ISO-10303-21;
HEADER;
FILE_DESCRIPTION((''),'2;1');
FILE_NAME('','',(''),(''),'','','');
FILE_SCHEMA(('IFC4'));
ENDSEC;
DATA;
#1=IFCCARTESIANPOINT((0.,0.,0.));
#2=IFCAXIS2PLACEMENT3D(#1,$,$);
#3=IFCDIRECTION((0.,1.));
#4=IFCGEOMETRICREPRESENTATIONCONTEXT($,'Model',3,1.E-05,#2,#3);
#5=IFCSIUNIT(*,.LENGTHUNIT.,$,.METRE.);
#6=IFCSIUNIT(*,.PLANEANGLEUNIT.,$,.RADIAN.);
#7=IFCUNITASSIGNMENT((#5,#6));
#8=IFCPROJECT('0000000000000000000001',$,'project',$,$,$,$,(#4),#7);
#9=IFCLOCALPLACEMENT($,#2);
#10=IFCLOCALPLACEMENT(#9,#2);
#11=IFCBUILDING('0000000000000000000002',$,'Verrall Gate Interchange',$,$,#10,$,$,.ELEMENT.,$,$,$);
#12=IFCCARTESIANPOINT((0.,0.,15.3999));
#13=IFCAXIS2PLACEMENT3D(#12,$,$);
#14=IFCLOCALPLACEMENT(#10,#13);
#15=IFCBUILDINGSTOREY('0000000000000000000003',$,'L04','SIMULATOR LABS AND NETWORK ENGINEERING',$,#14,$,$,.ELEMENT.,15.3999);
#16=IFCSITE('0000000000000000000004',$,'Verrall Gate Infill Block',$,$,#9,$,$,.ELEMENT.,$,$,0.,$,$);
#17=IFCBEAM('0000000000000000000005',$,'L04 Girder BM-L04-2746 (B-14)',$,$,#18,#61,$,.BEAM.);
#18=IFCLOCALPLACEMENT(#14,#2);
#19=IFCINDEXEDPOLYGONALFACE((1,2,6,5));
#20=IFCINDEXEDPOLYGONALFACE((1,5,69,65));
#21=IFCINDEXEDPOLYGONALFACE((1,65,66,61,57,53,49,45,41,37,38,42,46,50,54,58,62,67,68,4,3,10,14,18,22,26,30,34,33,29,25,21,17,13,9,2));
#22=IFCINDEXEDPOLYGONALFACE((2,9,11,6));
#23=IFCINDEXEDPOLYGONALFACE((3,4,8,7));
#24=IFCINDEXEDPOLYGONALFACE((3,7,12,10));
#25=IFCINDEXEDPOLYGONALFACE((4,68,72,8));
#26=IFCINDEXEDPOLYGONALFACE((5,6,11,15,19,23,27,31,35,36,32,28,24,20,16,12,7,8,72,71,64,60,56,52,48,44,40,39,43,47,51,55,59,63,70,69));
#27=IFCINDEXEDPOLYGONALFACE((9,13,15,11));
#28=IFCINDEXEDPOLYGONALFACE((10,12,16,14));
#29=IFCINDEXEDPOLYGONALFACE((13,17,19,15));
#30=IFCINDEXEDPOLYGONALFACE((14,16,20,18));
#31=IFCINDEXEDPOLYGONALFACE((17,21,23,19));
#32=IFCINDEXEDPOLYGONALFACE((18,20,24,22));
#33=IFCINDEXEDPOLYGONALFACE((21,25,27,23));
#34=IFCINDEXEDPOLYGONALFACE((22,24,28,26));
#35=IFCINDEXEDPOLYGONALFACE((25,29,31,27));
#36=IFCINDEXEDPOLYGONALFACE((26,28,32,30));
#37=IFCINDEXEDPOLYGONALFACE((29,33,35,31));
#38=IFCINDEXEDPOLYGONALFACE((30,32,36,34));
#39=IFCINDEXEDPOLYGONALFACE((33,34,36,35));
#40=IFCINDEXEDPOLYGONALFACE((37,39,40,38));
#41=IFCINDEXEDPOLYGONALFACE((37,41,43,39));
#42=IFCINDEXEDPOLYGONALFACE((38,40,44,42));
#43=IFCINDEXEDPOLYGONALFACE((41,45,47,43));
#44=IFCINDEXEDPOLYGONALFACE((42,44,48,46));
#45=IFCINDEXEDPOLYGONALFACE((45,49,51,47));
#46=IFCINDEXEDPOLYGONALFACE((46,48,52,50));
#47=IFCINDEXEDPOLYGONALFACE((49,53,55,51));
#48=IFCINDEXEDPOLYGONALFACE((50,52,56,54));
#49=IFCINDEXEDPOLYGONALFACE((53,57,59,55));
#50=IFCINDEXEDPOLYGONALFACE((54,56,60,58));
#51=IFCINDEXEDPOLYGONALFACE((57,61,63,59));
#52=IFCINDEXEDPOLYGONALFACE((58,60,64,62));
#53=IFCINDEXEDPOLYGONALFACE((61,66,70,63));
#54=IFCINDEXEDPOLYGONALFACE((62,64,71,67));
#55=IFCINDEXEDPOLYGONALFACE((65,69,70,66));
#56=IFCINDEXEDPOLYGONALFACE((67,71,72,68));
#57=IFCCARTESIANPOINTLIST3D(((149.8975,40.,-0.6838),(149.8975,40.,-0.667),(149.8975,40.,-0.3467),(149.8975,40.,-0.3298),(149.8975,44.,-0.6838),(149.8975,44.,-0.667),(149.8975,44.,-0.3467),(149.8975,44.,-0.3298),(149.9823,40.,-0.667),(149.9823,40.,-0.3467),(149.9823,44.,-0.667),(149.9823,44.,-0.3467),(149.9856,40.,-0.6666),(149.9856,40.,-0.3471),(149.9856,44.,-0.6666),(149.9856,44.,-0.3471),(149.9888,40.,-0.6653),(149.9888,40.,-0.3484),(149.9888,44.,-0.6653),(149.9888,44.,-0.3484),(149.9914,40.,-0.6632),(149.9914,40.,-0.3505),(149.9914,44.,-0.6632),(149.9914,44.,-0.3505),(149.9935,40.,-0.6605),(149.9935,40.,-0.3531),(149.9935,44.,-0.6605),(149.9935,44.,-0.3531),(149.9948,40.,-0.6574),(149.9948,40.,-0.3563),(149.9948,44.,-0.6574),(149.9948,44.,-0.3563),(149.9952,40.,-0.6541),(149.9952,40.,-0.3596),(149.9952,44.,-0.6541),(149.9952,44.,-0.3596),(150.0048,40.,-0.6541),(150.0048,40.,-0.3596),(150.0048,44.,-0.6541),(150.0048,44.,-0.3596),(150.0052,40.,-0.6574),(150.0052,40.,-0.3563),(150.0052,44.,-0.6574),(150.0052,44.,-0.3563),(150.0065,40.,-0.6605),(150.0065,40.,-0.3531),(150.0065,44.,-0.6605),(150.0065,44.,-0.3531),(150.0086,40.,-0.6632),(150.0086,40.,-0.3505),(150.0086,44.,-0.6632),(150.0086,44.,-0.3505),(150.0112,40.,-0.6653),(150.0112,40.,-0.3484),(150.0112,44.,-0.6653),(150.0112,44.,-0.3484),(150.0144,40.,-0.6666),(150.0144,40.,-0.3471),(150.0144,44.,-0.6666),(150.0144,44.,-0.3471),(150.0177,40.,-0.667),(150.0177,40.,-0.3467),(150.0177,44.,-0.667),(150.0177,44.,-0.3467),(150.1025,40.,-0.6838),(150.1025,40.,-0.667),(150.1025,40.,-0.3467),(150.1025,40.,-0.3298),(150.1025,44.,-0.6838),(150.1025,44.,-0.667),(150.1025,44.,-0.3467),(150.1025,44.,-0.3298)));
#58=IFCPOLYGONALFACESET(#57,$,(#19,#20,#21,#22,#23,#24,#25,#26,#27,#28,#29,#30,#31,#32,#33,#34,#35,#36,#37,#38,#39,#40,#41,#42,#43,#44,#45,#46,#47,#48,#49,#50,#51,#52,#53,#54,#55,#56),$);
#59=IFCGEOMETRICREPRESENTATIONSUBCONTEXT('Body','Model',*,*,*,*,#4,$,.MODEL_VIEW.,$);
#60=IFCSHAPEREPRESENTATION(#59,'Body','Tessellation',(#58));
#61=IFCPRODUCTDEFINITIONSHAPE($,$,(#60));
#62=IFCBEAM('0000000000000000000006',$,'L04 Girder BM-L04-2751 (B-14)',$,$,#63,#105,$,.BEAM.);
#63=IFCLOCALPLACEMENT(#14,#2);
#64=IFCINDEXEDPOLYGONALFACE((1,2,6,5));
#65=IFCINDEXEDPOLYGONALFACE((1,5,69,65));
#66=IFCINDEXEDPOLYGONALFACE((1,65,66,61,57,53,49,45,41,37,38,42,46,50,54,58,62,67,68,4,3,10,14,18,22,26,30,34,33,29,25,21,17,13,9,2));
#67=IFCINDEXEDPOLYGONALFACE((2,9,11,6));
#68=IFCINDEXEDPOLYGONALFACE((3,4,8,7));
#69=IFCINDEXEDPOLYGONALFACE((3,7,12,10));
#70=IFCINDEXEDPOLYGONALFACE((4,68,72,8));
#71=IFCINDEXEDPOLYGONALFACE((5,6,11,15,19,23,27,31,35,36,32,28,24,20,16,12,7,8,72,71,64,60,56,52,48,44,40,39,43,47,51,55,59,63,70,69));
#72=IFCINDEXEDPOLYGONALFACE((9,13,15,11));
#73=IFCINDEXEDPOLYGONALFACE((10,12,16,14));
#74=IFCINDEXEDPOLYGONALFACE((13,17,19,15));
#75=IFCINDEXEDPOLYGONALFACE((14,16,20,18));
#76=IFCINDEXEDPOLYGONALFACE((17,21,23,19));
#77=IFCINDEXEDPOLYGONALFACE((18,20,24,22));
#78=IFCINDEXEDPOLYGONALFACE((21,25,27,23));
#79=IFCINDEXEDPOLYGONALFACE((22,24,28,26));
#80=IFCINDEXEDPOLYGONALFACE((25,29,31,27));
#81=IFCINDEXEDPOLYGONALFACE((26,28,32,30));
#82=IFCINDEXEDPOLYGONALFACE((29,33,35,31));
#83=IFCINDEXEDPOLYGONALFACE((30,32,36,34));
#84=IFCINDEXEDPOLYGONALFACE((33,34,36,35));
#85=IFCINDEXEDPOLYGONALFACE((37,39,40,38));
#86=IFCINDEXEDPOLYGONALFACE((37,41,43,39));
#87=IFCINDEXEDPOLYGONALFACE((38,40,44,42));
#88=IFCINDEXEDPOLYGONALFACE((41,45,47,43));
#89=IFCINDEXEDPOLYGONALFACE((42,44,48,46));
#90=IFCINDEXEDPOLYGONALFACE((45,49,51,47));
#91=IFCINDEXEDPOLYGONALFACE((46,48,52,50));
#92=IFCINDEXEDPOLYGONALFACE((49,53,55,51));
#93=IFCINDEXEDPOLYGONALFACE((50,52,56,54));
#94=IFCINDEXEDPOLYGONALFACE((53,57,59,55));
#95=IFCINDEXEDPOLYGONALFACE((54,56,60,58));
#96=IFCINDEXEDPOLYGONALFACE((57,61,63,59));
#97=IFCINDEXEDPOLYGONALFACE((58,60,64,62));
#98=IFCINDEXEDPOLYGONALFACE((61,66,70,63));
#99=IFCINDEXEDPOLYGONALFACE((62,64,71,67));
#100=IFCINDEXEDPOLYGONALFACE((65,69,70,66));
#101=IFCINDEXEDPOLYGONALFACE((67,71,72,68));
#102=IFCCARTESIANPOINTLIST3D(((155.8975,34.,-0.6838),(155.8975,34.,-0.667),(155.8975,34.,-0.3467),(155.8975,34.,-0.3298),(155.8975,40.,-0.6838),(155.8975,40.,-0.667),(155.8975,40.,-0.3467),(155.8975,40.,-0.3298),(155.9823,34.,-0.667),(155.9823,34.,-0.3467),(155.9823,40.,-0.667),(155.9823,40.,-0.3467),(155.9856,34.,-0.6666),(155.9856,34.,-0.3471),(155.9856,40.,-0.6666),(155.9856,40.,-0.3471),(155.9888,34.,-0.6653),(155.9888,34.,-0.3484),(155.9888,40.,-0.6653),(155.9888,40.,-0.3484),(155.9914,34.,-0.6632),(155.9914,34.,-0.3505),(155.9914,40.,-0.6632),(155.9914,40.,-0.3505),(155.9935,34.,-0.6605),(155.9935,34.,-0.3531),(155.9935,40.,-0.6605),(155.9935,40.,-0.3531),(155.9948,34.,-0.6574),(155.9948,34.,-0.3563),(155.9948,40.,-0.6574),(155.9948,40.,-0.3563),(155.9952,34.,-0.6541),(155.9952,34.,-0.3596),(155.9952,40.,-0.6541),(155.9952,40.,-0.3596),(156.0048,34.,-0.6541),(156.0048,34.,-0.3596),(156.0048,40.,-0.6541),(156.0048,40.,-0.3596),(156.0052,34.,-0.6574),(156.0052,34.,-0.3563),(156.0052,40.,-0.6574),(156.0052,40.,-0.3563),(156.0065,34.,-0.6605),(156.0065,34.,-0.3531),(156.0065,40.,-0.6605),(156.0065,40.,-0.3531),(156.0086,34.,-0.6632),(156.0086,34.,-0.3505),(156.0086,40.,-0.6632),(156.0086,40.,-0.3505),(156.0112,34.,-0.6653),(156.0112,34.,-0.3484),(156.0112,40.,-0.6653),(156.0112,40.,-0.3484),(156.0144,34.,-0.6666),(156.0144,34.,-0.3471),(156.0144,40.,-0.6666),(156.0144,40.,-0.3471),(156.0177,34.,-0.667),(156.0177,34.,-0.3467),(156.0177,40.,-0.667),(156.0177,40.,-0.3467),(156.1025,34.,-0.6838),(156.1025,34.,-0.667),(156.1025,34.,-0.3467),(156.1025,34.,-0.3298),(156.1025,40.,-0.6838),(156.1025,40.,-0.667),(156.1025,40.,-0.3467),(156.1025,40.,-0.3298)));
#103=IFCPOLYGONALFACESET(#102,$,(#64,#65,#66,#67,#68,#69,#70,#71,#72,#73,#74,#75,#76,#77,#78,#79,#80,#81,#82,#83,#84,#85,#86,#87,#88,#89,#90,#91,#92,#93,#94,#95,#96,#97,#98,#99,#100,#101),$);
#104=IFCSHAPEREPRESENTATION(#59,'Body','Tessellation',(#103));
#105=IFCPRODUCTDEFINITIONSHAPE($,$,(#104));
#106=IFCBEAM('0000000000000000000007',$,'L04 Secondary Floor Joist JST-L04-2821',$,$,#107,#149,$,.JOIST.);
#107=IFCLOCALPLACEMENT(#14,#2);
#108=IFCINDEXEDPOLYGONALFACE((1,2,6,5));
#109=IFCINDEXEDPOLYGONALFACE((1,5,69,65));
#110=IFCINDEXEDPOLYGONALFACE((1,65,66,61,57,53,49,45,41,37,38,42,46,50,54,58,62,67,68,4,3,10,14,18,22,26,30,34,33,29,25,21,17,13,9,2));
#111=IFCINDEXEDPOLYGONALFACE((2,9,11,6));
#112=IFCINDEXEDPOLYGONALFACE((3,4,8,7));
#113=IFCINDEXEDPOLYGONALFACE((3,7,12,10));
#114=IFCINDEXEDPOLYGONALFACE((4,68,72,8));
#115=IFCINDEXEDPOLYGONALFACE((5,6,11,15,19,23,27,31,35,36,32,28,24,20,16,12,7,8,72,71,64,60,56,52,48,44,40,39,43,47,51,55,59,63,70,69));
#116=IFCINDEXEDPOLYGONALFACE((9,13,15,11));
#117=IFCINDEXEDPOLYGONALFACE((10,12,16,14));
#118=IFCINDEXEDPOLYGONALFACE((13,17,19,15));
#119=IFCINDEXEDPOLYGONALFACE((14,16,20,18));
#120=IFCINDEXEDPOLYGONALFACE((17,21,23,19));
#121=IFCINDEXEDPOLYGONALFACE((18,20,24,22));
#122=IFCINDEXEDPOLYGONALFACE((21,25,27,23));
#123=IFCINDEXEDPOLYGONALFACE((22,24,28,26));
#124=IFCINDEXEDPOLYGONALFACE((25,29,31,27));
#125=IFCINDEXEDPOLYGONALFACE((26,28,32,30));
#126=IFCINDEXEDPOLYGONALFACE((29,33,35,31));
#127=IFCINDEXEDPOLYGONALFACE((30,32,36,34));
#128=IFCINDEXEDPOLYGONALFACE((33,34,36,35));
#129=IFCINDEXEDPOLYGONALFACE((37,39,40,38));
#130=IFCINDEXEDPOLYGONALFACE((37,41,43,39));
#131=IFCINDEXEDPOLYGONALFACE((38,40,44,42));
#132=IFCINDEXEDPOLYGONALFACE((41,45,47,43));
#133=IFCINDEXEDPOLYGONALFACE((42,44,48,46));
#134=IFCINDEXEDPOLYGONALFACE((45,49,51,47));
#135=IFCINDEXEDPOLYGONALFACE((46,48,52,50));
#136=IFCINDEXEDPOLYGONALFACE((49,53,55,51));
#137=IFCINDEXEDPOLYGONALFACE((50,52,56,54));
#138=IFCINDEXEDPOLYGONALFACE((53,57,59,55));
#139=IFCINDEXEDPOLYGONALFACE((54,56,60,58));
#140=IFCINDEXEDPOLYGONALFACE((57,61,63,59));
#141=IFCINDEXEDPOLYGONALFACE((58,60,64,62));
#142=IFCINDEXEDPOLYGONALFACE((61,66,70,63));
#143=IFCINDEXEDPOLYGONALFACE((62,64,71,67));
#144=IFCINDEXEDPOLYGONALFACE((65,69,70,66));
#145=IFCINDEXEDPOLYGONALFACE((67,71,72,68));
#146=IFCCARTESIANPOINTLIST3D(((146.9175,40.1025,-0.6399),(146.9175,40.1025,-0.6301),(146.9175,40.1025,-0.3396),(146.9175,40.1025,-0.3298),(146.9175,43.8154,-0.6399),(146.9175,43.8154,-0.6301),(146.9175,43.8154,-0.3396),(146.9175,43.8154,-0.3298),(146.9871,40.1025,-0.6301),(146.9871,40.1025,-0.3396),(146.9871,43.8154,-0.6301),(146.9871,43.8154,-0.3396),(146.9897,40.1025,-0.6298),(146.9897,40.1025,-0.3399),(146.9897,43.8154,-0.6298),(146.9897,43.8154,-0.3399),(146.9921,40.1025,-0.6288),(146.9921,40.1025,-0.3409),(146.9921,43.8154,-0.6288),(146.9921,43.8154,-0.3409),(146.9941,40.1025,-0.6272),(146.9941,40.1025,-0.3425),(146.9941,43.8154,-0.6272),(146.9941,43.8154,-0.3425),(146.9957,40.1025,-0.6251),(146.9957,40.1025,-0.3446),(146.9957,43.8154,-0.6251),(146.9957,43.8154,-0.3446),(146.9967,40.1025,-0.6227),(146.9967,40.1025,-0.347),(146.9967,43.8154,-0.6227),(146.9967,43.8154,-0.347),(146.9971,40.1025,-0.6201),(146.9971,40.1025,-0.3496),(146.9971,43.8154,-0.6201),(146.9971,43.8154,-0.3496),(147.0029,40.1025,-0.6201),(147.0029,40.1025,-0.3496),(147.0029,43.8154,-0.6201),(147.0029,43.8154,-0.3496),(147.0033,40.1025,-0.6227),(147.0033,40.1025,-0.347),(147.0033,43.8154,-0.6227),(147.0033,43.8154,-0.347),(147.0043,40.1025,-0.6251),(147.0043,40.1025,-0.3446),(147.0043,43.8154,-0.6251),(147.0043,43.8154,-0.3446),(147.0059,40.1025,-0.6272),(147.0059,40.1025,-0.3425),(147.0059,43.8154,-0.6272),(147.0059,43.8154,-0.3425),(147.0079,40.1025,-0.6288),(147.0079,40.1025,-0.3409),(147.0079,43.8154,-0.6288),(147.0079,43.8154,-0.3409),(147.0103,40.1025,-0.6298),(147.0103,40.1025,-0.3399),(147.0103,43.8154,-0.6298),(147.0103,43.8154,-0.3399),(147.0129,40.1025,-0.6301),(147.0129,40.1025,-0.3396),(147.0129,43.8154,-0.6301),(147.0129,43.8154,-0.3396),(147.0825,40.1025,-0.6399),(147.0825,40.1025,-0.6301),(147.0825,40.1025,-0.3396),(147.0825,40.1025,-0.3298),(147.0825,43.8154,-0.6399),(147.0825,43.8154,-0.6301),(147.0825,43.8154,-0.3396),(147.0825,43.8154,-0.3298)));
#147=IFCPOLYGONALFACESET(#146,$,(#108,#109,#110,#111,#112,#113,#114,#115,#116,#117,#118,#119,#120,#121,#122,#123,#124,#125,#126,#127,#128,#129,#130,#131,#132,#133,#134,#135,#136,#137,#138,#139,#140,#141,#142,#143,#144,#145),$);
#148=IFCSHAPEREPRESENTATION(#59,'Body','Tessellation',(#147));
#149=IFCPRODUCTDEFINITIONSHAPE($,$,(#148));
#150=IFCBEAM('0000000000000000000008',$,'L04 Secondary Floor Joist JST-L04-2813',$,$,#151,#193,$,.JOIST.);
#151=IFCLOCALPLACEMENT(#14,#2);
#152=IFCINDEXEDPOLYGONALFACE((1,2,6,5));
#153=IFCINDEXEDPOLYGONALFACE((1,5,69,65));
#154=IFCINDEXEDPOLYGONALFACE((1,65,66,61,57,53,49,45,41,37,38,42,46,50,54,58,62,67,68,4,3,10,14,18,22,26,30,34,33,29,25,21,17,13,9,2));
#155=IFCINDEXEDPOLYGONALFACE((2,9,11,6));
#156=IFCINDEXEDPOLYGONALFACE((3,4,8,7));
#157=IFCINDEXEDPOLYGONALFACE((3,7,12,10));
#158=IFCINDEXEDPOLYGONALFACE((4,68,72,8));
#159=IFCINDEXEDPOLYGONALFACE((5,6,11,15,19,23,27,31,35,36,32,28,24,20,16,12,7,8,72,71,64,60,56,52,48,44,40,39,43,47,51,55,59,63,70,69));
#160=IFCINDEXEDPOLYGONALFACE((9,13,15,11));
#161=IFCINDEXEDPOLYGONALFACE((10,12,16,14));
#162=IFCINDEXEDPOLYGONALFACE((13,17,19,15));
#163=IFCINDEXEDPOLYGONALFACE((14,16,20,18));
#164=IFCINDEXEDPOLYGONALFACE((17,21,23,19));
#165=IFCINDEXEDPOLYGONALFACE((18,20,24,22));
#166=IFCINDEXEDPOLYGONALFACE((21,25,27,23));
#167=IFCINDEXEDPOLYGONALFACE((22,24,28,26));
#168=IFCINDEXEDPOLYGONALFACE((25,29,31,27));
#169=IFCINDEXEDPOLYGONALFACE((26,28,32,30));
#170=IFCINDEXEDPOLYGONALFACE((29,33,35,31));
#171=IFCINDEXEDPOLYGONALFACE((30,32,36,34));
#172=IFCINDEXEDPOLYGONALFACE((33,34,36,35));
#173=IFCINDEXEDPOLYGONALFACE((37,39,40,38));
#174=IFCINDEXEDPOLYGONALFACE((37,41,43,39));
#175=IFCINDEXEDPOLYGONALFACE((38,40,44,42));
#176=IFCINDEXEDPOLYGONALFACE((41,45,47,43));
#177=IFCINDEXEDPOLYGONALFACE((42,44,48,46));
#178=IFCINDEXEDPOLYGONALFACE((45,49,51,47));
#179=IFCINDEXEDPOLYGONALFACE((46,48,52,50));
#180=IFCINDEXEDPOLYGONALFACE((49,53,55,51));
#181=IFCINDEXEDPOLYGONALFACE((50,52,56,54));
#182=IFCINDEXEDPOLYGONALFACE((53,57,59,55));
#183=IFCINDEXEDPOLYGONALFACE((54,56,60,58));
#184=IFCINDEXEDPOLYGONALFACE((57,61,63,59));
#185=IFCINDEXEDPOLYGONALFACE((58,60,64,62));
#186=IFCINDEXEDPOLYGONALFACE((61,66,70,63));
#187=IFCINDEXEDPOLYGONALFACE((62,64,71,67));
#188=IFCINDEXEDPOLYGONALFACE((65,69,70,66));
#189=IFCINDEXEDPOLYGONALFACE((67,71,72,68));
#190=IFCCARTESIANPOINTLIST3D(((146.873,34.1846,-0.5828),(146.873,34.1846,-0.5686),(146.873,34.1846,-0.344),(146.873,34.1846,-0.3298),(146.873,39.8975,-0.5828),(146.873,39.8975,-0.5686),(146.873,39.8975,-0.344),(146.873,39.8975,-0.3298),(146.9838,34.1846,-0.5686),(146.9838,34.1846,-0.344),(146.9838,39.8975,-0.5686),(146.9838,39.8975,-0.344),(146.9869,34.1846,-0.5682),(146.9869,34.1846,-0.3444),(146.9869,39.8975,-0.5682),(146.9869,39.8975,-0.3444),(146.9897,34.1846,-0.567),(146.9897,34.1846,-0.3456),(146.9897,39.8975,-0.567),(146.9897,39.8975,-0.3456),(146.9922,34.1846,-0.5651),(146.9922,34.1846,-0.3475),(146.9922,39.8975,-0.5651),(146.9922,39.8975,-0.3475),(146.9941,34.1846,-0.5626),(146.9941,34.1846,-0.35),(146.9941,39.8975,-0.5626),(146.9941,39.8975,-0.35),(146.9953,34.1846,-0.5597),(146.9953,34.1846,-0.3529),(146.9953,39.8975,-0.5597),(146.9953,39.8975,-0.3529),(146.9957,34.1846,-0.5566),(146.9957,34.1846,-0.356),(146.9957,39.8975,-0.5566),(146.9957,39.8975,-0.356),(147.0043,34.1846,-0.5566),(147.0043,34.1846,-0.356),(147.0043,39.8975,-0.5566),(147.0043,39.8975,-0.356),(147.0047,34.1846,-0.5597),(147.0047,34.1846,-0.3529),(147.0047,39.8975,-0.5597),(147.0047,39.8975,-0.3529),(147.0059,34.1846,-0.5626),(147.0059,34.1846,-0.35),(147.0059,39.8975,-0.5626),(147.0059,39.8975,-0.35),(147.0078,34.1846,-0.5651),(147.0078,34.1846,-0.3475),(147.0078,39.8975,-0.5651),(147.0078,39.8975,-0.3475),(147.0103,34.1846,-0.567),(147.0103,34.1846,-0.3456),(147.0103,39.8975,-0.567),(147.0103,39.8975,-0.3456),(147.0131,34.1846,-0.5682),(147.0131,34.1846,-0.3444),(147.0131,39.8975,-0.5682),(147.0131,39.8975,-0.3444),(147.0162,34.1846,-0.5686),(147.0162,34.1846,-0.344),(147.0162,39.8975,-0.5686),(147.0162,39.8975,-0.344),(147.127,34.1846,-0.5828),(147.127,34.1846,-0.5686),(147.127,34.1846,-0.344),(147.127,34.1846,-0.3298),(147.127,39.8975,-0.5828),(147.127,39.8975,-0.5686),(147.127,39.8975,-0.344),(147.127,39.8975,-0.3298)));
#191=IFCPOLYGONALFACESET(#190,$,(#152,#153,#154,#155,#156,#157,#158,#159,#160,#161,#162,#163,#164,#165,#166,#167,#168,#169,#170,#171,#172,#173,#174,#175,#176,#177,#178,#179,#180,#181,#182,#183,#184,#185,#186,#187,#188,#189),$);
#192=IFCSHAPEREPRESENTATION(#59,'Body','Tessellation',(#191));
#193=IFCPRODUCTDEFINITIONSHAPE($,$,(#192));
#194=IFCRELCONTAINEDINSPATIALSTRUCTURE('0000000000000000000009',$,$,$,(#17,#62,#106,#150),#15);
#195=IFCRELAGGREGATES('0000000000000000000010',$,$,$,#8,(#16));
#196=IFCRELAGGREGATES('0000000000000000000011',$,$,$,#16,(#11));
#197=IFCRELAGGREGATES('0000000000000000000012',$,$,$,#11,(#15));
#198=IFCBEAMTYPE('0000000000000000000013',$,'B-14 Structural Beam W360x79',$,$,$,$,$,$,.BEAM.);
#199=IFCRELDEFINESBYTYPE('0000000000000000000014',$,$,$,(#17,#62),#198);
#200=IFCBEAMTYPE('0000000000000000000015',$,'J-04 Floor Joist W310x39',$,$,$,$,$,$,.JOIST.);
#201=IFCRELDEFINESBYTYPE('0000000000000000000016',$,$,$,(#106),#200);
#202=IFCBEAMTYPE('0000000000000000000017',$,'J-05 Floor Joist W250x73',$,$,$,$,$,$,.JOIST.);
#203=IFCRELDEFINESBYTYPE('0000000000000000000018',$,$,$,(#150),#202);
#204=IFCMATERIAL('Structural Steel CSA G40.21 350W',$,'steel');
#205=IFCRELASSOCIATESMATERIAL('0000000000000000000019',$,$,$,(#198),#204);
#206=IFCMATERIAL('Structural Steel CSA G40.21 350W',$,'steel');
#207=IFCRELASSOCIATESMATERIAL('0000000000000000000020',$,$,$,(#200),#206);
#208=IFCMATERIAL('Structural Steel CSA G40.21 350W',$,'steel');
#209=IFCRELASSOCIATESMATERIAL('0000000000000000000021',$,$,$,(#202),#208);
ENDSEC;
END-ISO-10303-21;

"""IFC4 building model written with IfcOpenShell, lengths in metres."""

from ifc_helpers import new_model, si_unit, direction, frame, origin, origin_2d, place, context, subcontext, project, spatial, i_section, extrude, material, material_profile, profile_set, type_object, element, save


model = new_model("IFC4")

# Units and contexts
model_context = context("Model", 3, precision=1e-05, world=origin(), true_north=direction((0.0, 1.0)))
body_context = subcontext(model_context, "Body", "Model", "MODEL_VIEW")
ifc_project = project(units=[si_unit("LENGTHUNIT", "METRE"), si_unit("PLANEANGLEUNIT", "RADIAN")], contexts=[model_context])

# Site, building, storey
site_placement = place(None, origin())
site = spatial("IfcSite", under=ifc_project, at=site_placement, Name="Verrall Gate Infill Block", CompositionType="ELEMENT", RefElevation=0.0)
building_placement = place(site_placement, origin())
building = spatial("IfcBuilding", under=site, at=building_placement, Name="Verrall Gate Interchange", CompositionType="ELEMENT")
storey_placement = place(building_placement, frame((0.0, 0.0, 15.3999)))
storey = spatial("IfcBuildingStorey", under=building, at=storey_placement, Name="L04", Description="SIMULATOR LABS AND NETWORK ENGINEERING", CompositionType="ELEMENT", Elevation=15.3999)

# Beams
ifc_material_1 = material(Name="Structural Steel CSA G40.21 350W", Category="steel")
ifc_material_profile_1 = material_profile(ifc_material_1, i_section(OverallWidth=0.2051, OverallDepth=0.354, WebThickness=0.0095, FlangeThickness=0.0168, FilletRadius=0.0129, at=origin_2d()), Name="W360x79")
ifc_profile_set_1 = profile_set([ifc_material_profile_1], Name="Structural Steel CSA G40.21 350W")
beam_type_1 = type_object("IfcBeamType", Name="B-14 Structural Beam W360x79", PredefinedType="BEAM", material=ifc_profile_set_1)
beam_1_placement = place(storey_placement, frame((150.0, 40.0, -0.5068), z_axis=(0.0, 1.0, 0.0), x_axis=(-1.0, 0.0, 0.0)))
element("IfcBeam", 1, at=beam_1_placement, inside=storey, type_object=beam_type_1, Name="L04 Girder BM-L04-2746 (B-14)", PredefinedType="BEAM", context=body_context, shape_type="SweptSolid", body=[
    extrude(i_section(OverallWidth=0.2051, OverallDepth=0.354, WebThickness=0.0095, FlangeThickness=0.0168, FilletRadius=0.0129, at=origin_2d()), origin(), (0.0, 0.0, 1.0), 4.0),
])
beam_2_placement = place(storey_placement, frame((156.0, 34.0, -0.5068), z_axis=(0.0, 1.0, 0.0), x_axis=(-1.0, 0.0, 0.0)))
element("IfcBeam", 2, at=beam_2_placement, inside=storey, type_object=beam_type_1, Name="L04 Girder BM-L04-2751 (B-14)", PredefinedType="BEAM", context=body_context, shape_type="SweptSolid", body=[
    extrude(i_section(OverallWidth=0.2051, OverallDepth=0.354, WebThickness=0.0095, FlangeThickness=0.0168, FilletRadius=0.0129, at=origin_2d()), origin(), (0.0, 0.0, 1.0), 6.0),
])
ifc_material_2 = material(Name="Structural Steel CSA G40.21 350W", Category="steel")
ifc_material_profile_2 = material_profile(ifc_material_2, i_section(OverallWidth=0.165, OverallDepth=0.3101, WebThickness=0.0059, FlangeThickness=0.0098, FilletRadius=0.01, at=origin_2d()), Name="W310x39")
ifc_profile_set_2 = profile_set([ifc_material_profile_2], Name="Structural Steel CSA G40.21 350W")
beam_type_2 = type_object("IfcBeamType", Name="J-04 Floor Joist W310x39", PredefinedType="JOIST", material=ifc_profile_set_2)
beam_3_placement = place(storey_placement, frame((147.0, 40.1025, -0.4849), z_axis=(0.0, 1.0, 0.0), x_axis=(-1.0, 0.0, 0.0)))
element("IfcBeam", 3, at=beam_3_placement, inside=storey, type_object=beam_type_2, Name="L04 Secondary Floor Joist JST-L04-2821", PredefinedType="JOIST", context=body_context, shape_type="SweptSolid", body=[
    extrude(i_section(OverallWidth=0.165, OverallDepth=0.3101, WebThickness=0.0059, FlangeThickness=0.0098, FilletRadius=0.01, at=origin_2d()), origin(), (0.0, 0.0, 1.0), 3.7129),
])
ifc_material_3 = material(Name="Structural Steel CSA G40.21 350W", Category="steel")
ifc_material_profile_3 = material_profile(ifc_material_3, i_section(OverallWidth=0.2539, OverallDepth=0.2529, WebThickness=0.0085, FlangeThickness=0.0142, FilletRadius=0.012, at=origin_2d()), Name="W250x73")
ifc_profile_set_3 = profile_set([ifc_material_profile_3], Name="Structural Steel CSA G40.21 350W")
beam_type_3 = type_object("IfcBeamType", Name="J-05 Floor Joist W250x73", PredefinedType="JOIST", material=ifc_profile_set_3)
beam_4_placement = place(storey_placement, frame((147.0, 34.1846, -0.4563), z_axis=(0.0, 1.0, 0.0), x_axis=(-1.0, 0.0, 0.0)))
element("IfcBeam", 4, at=beam_4_placement, inside=storey, type_object=beam_type_3, Name="L04 Secondary Floor Joist JST-L04-2813", PredefinedType="JOIST", context=body_context, shape_type="SweptSolid", body=[
    extrude(i_section(OverallWidth=0.2539, OverallDepth=0.2529, WebThickness=0.0085, FlangeThickness=0.0142, FilletRadius=0.012, at=origin_2d()), origin(), (0.0, 0.0, 1.0), 5.7129),
])

save(model, "model.ifc")
